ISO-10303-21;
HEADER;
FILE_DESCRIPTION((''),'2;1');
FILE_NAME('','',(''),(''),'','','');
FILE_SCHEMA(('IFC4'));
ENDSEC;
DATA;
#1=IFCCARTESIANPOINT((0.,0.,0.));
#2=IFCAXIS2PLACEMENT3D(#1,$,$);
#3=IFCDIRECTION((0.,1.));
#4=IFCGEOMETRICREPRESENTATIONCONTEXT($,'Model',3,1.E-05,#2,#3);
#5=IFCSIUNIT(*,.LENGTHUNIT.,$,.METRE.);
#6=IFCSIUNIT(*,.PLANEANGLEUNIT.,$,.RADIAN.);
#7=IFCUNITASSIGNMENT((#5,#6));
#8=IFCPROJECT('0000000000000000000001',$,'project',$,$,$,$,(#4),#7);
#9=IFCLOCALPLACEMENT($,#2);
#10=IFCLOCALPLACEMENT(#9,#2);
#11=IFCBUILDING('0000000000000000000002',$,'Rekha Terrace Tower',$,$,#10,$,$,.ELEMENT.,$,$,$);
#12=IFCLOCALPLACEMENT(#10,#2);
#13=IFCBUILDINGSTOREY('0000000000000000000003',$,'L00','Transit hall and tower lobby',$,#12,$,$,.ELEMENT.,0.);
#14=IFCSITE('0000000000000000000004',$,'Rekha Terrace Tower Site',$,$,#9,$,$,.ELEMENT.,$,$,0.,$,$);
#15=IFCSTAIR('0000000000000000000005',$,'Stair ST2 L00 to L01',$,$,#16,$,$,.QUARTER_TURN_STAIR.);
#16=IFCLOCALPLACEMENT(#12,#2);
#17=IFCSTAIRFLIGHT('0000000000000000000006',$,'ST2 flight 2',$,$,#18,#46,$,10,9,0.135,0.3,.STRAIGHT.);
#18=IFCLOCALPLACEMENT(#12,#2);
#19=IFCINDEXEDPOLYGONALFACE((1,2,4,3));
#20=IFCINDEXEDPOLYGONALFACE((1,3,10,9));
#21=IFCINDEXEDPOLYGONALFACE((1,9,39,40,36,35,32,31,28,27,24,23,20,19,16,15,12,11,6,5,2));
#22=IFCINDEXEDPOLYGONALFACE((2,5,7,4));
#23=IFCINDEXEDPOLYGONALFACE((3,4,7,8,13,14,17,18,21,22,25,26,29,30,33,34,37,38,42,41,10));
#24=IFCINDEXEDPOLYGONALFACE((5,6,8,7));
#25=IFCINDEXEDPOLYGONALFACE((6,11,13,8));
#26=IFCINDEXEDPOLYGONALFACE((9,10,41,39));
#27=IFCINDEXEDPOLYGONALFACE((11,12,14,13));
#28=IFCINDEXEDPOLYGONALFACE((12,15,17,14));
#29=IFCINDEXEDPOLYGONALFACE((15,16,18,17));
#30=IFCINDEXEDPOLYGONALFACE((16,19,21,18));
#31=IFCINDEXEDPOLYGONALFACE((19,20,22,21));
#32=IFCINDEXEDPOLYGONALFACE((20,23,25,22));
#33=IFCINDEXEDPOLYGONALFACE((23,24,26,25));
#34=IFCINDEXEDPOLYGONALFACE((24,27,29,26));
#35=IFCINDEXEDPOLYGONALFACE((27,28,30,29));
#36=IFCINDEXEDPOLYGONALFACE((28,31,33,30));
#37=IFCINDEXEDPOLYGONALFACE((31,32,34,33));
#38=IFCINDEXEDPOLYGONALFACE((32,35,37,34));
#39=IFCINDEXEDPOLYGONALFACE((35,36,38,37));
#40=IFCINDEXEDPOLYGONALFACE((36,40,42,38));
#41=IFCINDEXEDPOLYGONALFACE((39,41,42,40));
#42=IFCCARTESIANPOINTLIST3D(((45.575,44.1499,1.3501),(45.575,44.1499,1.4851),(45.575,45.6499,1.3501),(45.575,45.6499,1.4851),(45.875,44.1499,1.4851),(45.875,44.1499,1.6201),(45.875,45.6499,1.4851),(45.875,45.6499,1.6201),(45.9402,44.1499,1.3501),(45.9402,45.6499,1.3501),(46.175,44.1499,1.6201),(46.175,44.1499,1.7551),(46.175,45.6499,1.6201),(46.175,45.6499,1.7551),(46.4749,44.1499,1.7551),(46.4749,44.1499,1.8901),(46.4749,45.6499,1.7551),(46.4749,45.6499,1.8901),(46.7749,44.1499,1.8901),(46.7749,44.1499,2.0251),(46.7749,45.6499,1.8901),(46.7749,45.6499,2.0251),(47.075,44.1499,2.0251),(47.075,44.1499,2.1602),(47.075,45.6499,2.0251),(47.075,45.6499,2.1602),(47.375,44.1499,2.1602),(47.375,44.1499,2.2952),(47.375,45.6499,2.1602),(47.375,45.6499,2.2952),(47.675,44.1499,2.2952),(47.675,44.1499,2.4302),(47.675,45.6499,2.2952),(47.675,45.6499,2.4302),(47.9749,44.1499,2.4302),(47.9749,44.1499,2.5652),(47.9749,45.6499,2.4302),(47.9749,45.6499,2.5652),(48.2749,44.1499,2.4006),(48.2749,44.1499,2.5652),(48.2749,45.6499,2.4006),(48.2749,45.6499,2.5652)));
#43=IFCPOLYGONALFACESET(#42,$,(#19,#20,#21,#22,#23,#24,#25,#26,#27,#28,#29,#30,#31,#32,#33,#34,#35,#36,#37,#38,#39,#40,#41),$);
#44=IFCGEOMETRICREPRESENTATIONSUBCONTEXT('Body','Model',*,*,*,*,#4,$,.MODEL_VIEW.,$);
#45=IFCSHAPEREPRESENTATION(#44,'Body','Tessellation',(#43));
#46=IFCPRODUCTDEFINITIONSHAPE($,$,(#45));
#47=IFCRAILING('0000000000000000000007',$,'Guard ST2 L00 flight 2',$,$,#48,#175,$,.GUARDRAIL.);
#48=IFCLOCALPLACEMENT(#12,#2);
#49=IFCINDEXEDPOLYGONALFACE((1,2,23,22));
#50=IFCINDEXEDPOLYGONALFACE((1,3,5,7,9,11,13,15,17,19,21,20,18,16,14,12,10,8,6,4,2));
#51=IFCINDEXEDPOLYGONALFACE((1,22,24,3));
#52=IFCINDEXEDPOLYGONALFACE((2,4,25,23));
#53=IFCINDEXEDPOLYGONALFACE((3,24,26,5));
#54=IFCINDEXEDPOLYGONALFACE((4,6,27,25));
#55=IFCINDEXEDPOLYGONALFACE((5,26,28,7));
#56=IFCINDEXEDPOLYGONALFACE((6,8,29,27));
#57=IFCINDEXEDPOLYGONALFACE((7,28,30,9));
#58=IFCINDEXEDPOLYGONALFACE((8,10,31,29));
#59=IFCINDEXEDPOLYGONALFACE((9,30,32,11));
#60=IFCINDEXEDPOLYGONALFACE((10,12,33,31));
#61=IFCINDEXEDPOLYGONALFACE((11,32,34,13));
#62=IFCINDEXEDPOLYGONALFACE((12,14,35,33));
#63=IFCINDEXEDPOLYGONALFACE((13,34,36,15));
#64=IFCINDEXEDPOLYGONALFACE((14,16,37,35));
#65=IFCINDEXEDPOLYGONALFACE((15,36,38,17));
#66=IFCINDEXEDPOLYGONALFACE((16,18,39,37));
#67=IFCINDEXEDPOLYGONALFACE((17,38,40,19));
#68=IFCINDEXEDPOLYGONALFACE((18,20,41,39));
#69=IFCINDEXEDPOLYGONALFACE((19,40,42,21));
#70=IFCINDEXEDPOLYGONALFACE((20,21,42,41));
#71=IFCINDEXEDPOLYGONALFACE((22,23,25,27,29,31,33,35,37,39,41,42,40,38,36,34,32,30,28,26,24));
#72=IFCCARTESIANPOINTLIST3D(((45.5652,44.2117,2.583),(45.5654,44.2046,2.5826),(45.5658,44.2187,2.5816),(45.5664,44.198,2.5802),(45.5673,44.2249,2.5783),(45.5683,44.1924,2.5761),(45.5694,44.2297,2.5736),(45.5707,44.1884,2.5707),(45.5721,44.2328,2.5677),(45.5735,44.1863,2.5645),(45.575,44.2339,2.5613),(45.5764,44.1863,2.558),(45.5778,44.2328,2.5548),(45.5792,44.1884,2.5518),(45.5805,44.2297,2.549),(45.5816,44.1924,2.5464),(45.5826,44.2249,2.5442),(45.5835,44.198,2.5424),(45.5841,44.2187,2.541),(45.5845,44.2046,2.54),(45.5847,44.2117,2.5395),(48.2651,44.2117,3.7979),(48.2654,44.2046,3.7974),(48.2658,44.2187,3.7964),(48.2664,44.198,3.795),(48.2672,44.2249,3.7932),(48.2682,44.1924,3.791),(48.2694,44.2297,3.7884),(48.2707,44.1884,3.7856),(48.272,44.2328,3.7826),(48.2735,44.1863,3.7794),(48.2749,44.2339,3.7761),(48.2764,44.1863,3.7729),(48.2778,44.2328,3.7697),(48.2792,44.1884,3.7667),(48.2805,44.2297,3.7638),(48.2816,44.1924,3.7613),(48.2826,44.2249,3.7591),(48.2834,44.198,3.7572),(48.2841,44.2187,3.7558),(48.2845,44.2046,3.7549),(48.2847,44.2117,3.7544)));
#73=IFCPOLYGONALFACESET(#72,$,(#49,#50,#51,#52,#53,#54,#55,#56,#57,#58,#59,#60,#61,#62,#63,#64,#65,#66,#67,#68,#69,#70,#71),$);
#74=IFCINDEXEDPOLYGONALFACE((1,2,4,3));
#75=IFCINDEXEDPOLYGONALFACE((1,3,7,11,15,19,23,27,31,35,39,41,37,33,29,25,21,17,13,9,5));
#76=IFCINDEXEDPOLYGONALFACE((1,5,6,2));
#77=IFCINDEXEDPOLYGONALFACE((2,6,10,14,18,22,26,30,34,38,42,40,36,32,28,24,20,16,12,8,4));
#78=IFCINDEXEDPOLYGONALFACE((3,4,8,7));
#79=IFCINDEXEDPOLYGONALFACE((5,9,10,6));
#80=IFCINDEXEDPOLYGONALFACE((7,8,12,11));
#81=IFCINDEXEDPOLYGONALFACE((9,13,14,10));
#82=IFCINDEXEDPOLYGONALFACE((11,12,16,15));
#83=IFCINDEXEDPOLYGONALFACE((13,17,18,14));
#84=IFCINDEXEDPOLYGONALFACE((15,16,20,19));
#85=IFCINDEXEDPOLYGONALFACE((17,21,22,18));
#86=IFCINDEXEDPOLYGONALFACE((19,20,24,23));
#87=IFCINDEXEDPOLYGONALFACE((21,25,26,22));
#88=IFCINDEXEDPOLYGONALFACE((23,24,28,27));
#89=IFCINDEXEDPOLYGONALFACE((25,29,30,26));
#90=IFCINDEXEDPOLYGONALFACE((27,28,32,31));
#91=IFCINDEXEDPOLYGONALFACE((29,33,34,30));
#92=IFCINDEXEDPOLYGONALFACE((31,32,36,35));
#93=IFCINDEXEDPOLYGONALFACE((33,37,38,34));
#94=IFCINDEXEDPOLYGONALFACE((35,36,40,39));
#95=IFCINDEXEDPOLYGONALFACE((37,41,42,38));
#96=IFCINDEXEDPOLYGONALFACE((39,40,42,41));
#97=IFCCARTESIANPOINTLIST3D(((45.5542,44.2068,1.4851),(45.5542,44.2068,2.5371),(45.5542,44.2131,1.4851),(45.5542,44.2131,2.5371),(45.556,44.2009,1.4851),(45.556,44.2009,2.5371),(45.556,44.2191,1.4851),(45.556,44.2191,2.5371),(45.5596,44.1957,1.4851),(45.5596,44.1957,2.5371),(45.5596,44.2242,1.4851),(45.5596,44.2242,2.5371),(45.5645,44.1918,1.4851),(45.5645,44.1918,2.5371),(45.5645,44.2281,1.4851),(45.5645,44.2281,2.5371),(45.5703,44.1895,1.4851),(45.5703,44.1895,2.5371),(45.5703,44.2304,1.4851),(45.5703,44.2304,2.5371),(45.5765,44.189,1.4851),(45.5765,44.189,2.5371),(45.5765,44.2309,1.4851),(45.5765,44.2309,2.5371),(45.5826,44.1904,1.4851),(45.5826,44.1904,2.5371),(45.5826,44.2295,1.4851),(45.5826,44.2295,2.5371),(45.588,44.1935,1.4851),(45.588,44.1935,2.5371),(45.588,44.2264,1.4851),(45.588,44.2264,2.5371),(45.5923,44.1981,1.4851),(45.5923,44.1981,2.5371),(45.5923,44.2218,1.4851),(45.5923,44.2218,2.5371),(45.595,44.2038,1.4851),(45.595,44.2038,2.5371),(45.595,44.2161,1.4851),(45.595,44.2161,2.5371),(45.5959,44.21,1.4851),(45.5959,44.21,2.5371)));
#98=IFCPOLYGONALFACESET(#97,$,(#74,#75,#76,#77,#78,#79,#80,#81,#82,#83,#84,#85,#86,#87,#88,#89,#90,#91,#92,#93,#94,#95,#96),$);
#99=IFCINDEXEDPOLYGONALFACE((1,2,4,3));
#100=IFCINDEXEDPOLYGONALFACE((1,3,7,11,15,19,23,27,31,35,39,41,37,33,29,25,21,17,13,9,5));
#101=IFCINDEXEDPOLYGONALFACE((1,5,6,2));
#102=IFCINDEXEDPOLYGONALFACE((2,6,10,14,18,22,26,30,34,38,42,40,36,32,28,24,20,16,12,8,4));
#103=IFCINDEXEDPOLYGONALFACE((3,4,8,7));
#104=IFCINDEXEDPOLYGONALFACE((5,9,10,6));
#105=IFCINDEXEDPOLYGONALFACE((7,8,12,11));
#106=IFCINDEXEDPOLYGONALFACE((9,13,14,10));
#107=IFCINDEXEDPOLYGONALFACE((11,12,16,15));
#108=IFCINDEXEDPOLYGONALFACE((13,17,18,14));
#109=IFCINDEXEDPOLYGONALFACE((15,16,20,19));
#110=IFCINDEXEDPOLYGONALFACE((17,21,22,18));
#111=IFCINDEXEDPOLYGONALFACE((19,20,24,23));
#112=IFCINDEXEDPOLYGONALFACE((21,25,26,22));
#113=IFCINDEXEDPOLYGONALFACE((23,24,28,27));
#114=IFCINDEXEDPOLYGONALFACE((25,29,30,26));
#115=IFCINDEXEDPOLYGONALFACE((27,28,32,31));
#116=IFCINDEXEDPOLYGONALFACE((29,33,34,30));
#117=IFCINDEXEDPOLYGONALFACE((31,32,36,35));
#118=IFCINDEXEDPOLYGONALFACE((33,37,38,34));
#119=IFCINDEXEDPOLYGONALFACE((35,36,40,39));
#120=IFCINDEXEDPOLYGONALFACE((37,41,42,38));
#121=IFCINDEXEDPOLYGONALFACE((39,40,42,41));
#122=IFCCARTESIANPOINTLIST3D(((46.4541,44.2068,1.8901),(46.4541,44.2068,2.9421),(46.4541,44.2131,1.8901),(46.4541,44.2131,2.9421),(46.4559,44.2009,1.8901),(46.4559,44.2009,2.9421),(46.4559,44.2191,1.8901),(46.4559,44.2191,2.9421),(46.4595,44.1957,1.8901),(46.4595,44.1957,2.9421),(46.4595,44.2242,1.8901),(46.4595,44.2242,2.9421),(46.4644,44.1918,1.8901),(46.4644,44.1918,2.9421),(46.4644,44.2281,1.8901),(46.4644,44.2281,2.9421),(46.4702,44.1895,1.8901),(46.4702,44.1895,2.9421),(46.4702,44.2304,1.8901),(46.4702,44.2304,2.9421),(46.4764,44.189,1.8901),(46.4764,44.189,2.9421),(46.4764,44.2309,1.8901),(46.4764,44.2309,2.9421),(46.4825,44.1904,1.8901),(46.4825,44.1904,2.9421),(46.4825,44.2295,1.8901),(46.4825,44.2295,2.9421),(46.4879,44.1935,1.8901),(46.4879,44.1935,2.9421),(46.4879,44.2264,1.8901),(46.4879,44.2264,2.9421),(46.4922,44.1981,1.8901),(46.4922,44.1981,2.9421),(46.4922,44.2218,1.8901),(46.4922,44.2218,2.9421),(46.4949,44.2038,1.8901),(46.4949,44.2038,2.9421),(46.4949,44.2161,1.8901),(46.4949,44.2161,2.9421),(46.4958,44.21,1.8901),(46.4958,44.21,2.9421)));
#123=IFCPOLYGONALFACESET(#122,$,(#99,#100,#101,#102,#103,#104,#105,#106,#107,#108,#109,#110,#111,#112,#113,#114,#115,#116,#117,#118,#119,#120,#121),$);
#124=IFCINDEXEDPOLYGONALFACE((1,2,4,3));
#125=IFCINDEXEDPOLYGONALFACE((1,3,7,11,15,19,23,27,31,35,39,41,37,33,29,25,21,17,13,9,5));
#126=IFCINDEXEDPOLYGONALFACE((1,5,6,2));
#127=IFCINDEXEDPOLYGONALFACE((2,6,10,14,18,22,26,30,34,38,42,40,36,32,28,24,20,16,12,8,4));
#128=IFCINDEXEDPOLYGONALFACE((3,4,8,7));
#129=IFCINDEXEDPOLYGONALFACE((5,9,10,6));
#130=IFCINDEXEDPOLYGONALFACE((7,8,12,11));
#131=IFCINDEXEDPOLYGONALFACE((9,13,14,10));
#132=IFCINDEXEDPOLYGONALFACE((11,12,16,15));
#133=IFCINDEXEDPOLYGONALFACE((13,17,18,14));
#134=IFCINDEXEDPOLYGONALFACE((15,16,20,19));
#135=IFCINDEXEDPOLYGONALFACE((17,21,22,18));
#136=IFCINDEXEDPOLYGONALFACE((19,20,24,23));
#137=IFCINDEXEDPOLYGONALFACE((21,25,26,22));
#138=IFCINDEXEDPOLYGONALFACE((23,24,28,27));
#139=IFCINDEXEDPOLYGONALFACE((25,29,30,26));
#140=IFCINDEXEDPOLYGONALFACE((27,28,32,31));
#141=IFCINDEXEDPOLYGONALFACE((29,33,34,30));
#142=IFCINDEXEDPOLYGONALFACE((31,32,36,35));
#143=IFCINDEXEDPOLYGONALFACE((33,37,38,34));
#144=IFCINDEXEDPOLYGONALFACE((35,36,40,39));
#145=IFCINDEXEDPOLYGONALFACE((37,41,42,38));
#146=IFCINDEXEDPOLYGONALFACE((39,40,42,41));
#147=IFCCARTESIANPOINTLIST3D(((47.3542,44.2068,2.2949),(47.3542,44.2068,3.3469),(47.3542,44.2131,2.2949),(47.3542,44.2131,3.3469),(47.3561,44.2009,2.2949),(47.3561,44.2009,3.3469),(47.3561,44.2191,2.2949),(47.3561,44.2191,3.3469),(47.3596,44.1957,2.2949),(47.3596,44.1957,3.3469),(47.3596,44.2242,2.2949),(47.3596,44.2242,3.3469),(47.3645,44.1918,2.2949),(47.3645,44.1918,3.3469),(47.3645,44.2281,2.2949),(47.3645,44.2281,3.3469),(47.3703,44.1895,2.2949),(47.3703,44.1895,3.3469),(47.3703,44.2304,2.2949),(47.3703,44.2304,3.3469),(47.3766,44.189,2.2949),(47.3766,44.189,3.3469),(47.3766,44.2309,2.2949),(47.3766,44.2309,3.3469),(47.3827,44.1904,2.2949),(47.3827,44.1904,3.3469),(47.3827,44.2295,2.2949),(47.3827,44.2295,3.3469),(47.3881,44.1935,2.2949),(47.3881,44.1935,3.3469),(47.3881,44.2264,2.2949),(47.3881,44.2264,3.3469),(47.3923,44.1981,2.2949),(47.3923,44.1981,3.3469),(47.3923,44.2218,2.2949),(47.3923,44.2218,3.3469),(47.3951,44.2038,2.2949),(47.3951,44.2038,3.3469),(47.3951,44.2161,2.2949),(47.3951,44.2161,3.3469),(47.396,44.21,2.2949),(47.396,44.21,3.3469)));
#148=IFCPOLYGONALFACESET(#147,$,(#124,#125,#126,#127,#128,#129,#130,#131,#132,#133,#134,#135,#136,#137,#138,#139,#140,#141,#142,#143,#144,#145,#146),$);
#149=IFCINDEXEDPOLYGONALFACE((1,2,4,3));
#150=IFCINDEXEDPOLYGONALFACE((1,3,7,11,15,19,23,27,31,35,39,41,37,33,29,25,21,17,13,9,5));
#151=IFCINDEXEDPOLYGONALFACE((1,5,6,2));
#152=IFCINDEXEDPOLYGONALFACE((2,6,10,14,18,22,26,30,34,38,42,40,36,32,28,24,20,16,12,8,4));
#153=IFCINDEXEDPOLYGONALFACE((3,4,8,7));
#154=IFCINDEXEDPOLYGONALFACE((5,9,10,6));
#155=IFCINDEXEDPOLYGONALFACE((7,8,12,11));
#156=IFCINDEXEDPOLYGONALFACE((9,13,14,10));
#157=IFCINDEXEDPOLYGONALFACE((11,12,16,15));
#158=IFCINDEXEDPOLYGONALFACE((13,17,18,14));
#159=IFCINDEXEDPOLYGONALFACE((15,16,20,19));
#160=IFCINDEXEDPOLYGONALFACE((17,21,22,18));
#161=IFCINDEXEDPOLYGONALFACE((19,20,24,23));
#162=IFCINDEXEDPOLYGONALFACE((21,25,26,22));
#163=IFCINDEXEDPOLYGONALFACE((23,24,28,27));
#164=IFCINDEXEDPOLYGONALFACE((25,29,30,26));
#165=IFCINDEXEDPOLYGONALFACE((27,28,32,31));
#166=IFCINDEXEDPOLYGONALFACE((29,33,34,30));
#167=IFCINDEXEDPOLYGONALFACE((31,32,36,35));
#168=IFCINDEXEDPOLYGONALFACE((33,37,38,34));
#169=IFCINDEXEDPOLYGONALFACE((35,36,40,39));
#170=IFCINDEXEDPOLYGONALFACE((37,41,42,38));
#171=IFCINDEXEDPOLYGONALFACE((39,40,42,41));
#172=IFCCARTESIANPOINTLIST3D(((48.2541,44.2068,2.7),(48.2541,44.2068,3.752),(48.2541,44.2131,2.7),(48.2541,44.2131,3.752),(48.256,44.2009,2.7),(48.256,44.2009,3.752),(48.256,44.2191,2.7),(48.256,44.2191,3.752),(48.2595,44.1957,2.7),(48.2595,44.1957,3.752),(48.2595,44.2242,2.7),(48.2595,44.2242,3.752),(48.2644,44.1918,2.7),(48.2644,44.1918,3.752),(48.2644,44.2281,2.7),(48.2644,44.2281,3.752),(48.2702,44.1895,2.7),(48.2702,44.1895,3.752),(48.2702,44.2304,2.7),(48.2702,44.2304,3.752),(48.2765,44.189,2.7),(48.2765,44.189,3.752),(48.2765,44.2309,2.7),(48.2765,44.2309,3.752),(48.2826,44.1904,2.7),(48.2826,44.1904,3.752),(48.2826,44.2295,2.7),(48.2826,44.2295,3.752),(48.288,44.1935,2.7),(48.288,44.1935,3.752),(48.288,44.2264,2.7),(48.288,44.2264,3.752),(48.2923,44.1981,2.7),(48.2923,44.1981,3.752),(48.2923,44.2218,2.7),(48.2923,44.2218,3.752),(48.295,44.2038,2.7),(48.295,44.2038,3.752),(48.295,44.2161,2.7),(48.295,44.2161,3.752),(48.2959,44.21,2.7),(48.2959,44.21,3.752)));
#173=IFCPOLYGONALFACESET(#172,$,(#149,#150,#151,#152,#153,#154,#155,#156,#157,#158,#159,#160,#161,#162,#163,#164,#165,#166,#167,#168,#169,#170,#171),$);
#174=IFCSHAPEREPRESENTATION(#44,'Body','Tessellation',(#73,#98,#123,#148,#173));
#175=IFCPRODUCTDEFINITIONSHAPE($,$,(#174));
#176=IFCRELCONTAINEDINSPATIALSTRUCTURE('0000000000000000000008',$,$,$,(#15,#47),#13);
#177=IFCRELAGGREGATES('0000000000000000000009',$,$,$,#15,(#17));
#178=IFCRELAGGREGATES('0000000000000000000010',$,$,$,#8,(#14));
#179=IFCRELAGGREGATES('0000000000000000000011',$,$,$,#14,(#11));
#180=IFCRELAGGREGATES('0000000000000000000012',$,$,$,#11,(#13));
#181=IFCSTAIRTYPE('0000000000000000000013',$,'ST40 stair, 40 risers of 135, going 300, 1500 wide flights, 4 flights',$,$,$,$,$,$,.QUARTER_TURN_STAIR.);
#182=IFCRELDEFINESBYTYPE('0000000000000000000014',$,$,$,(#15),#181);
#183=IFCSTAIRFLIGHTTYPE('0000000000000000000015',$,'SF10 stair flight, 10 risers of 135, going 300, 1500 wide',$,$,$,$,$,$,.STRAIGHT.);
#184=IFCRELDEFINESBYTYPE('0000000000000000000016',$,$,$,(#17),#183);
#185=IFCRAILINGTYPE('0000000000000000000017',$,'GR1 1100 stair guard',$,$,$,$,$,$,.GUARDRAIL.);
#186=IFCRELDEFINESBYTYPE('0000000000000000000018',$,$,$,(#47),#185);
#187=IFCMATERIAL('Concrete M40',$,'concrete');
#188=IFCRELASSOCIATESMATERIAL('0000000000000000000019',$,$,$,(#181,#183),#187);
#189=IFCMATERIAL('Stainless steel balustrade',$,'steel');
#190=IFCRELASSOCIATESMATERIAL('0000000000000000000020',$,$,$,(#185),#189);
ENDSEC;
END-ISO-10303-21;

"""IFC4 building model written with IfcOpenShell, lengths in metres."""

from ifc_helpers import new_model, si_unit, direction, frame, origin, origin_2d, place, context, subcontext, project, spatial, polyline, circle, outline, extrude, material, type_object, element, aggregate, save


model = new_model("IFC4")

# Units and contexts
model_context = context("Model", 3, precision=1e-05, world=origin(), true_north=direction((0.0, 1.0)))
body_context = subcontext(model_context, "Body", "Model", "MODEL_VIEW")
ifc_project = project(units=[si_unit("LENGTHUNIT", "METRE"), si_unit("PLANEANGLEUNIT", "RADIAN")], contexts=[model_context])

# Site, building, storey
site_placement = place(None, origin())
site = spatial("IfcSite", under=ifc_project, at=site_placement, Name="Rekha Terrace Tower Site", CompositionType="ELEMENT", RefElevation=0.0)
building_placement = place(site_placement, origin())
building = spatial("IfcBuilding", under=site, at=building_placement, Name="Rekha Terrace Tower", CompositionType="ELEMENT")
storey_placement = place(building_placement, origin())
storey = spatial("IfcBuildingStorey", under=building, at=storey_placement, Name="L00", Description="Transit hall and tower lobby", CompositionType="ELEMENT", Elevation=0.0)

# Shared definitions
ifc_material_1 = material(Name="Concrete M40", Category="concrete")

# Stair, stair flight
stair_type = type_object("IfcStairType", Name="ST40 stair, 40 risers of 135, going 300, 1500 wide flights, 4 flights", PredefinedType="QUARTER_TURN_STAIR", material=ifc_material_1)
stair_placement = place(storey_placement, origin())
stair = element("IfcStair", 1, at=stair_placement, inside=storey, type_object=stair_type, Name="Stair ST2 L00 to L01", PredefinedType="QUARTER_TURN_STAIR")
stair_flight_type = type_object("IfcStairFlightType", Name="SF10 stair flight, 10 risers of 135, going 300, 1500 wide", PredefinedType="STRAIGHT", material=ifc_material_1)
stair_flight_placement = place(storey_placement, frame((45.575, 44.8999, 1.3501), z_axis=(0.0, 0.0, 1.0), x_axis=(1.0, 0.0, 0.0)))
stair_flight = element("IfcStairFlight", 2, at=stair_flight_placement, type_object=stair_flight_type, Name="ST2 flight 2", NumberOfRisers=10, NumberOfTreads=9, PredefinedType="STRAIGHT", RiserHeight=0.135, TreadLength=0.3, context=body_context, shape_type="SweptSolid", body=[
    extrude(outline(polyline([(0.0, 0.0), (0.0, 0.135), (0.3, 0.135), (0.3, 0.27), (0.6001, 0.27), (0.6001, 0.405), (0.8999, 0.405), (0.8999, 0.54), (1.2, 0.54), (1.2, 0.675), (1.5, 0.675), (1.5, 0.8101), (1.8, 0.8101), (1.8, 0.9451), (2.1001, 0.9451), (2.1001, 1.0801), (2.3999, 1.0801), (2.3999, 1.2151), (2.7, 1.2151), (2.7, 1.3501), (2.7, 1.0505), (0.3652, 0.0), (0.0, 0.0)])), frame((0.0, 0.75, 0.0), z_axis=(0.0, -1.0, 0.0), x_axis=(1.0, 0.0, 0.0)), (0.0, 0.0, 1.0), 1.5),
])
aggregate(stair, [stair_flight])

# Railing
ifc_material_2 = material(Name="Stainless steel balustrade", Category="steel")
railing_type_1 = type_object("IfcRailingType", Name="GR1 1100 stair guard", PredefinedType="GUARDRAIL", material=ifc_material_2)
railing_1_placement = place(storey_placement, frame((45.575, 44.21, 1.4851)))
element("IfcRailing", 3, at=railing_1_placement, inside=storey, type_object=railing_type_1, Name="Guard ST2 L00 flight 2", PredefinedType="GUARDRAIL", context=body_context, shape_type="SweptSolid", body=[
    extrude(circle(Radius=0.0239, at=origin_2d()), frame((0.0, 0.0, 1.0762), z_axis=(0.911938, 0.0, 0.410327), x_axis=(0.0, 1.0, 0.0)), (0.0, 0.0, 1.0), 2.9607),
    extrude(circle(Radius=0.021, at=origin_2d()), origin(), (0.0, 0.0, 1.0), 1.052),
    extrude(circle(Radius=0.021, at=origin_2d()), frame((0.8999, 0.0, 0.405)), (0.0, 0.0, 1.0), 1.052),
    extrude(circle(Radius=0.021, at=origin_2d()), frame((1.8, 0.0, 0.8098)), (0.0, 0.0, 1.0), 1.052),
    extrude(circle(Radius=0.021, at=origin_2d()), frame((2.7, 0.0, 1.2148)), (0.0, 0.0, 1.0), 1.052),
])

save(model, "model.ifc")
